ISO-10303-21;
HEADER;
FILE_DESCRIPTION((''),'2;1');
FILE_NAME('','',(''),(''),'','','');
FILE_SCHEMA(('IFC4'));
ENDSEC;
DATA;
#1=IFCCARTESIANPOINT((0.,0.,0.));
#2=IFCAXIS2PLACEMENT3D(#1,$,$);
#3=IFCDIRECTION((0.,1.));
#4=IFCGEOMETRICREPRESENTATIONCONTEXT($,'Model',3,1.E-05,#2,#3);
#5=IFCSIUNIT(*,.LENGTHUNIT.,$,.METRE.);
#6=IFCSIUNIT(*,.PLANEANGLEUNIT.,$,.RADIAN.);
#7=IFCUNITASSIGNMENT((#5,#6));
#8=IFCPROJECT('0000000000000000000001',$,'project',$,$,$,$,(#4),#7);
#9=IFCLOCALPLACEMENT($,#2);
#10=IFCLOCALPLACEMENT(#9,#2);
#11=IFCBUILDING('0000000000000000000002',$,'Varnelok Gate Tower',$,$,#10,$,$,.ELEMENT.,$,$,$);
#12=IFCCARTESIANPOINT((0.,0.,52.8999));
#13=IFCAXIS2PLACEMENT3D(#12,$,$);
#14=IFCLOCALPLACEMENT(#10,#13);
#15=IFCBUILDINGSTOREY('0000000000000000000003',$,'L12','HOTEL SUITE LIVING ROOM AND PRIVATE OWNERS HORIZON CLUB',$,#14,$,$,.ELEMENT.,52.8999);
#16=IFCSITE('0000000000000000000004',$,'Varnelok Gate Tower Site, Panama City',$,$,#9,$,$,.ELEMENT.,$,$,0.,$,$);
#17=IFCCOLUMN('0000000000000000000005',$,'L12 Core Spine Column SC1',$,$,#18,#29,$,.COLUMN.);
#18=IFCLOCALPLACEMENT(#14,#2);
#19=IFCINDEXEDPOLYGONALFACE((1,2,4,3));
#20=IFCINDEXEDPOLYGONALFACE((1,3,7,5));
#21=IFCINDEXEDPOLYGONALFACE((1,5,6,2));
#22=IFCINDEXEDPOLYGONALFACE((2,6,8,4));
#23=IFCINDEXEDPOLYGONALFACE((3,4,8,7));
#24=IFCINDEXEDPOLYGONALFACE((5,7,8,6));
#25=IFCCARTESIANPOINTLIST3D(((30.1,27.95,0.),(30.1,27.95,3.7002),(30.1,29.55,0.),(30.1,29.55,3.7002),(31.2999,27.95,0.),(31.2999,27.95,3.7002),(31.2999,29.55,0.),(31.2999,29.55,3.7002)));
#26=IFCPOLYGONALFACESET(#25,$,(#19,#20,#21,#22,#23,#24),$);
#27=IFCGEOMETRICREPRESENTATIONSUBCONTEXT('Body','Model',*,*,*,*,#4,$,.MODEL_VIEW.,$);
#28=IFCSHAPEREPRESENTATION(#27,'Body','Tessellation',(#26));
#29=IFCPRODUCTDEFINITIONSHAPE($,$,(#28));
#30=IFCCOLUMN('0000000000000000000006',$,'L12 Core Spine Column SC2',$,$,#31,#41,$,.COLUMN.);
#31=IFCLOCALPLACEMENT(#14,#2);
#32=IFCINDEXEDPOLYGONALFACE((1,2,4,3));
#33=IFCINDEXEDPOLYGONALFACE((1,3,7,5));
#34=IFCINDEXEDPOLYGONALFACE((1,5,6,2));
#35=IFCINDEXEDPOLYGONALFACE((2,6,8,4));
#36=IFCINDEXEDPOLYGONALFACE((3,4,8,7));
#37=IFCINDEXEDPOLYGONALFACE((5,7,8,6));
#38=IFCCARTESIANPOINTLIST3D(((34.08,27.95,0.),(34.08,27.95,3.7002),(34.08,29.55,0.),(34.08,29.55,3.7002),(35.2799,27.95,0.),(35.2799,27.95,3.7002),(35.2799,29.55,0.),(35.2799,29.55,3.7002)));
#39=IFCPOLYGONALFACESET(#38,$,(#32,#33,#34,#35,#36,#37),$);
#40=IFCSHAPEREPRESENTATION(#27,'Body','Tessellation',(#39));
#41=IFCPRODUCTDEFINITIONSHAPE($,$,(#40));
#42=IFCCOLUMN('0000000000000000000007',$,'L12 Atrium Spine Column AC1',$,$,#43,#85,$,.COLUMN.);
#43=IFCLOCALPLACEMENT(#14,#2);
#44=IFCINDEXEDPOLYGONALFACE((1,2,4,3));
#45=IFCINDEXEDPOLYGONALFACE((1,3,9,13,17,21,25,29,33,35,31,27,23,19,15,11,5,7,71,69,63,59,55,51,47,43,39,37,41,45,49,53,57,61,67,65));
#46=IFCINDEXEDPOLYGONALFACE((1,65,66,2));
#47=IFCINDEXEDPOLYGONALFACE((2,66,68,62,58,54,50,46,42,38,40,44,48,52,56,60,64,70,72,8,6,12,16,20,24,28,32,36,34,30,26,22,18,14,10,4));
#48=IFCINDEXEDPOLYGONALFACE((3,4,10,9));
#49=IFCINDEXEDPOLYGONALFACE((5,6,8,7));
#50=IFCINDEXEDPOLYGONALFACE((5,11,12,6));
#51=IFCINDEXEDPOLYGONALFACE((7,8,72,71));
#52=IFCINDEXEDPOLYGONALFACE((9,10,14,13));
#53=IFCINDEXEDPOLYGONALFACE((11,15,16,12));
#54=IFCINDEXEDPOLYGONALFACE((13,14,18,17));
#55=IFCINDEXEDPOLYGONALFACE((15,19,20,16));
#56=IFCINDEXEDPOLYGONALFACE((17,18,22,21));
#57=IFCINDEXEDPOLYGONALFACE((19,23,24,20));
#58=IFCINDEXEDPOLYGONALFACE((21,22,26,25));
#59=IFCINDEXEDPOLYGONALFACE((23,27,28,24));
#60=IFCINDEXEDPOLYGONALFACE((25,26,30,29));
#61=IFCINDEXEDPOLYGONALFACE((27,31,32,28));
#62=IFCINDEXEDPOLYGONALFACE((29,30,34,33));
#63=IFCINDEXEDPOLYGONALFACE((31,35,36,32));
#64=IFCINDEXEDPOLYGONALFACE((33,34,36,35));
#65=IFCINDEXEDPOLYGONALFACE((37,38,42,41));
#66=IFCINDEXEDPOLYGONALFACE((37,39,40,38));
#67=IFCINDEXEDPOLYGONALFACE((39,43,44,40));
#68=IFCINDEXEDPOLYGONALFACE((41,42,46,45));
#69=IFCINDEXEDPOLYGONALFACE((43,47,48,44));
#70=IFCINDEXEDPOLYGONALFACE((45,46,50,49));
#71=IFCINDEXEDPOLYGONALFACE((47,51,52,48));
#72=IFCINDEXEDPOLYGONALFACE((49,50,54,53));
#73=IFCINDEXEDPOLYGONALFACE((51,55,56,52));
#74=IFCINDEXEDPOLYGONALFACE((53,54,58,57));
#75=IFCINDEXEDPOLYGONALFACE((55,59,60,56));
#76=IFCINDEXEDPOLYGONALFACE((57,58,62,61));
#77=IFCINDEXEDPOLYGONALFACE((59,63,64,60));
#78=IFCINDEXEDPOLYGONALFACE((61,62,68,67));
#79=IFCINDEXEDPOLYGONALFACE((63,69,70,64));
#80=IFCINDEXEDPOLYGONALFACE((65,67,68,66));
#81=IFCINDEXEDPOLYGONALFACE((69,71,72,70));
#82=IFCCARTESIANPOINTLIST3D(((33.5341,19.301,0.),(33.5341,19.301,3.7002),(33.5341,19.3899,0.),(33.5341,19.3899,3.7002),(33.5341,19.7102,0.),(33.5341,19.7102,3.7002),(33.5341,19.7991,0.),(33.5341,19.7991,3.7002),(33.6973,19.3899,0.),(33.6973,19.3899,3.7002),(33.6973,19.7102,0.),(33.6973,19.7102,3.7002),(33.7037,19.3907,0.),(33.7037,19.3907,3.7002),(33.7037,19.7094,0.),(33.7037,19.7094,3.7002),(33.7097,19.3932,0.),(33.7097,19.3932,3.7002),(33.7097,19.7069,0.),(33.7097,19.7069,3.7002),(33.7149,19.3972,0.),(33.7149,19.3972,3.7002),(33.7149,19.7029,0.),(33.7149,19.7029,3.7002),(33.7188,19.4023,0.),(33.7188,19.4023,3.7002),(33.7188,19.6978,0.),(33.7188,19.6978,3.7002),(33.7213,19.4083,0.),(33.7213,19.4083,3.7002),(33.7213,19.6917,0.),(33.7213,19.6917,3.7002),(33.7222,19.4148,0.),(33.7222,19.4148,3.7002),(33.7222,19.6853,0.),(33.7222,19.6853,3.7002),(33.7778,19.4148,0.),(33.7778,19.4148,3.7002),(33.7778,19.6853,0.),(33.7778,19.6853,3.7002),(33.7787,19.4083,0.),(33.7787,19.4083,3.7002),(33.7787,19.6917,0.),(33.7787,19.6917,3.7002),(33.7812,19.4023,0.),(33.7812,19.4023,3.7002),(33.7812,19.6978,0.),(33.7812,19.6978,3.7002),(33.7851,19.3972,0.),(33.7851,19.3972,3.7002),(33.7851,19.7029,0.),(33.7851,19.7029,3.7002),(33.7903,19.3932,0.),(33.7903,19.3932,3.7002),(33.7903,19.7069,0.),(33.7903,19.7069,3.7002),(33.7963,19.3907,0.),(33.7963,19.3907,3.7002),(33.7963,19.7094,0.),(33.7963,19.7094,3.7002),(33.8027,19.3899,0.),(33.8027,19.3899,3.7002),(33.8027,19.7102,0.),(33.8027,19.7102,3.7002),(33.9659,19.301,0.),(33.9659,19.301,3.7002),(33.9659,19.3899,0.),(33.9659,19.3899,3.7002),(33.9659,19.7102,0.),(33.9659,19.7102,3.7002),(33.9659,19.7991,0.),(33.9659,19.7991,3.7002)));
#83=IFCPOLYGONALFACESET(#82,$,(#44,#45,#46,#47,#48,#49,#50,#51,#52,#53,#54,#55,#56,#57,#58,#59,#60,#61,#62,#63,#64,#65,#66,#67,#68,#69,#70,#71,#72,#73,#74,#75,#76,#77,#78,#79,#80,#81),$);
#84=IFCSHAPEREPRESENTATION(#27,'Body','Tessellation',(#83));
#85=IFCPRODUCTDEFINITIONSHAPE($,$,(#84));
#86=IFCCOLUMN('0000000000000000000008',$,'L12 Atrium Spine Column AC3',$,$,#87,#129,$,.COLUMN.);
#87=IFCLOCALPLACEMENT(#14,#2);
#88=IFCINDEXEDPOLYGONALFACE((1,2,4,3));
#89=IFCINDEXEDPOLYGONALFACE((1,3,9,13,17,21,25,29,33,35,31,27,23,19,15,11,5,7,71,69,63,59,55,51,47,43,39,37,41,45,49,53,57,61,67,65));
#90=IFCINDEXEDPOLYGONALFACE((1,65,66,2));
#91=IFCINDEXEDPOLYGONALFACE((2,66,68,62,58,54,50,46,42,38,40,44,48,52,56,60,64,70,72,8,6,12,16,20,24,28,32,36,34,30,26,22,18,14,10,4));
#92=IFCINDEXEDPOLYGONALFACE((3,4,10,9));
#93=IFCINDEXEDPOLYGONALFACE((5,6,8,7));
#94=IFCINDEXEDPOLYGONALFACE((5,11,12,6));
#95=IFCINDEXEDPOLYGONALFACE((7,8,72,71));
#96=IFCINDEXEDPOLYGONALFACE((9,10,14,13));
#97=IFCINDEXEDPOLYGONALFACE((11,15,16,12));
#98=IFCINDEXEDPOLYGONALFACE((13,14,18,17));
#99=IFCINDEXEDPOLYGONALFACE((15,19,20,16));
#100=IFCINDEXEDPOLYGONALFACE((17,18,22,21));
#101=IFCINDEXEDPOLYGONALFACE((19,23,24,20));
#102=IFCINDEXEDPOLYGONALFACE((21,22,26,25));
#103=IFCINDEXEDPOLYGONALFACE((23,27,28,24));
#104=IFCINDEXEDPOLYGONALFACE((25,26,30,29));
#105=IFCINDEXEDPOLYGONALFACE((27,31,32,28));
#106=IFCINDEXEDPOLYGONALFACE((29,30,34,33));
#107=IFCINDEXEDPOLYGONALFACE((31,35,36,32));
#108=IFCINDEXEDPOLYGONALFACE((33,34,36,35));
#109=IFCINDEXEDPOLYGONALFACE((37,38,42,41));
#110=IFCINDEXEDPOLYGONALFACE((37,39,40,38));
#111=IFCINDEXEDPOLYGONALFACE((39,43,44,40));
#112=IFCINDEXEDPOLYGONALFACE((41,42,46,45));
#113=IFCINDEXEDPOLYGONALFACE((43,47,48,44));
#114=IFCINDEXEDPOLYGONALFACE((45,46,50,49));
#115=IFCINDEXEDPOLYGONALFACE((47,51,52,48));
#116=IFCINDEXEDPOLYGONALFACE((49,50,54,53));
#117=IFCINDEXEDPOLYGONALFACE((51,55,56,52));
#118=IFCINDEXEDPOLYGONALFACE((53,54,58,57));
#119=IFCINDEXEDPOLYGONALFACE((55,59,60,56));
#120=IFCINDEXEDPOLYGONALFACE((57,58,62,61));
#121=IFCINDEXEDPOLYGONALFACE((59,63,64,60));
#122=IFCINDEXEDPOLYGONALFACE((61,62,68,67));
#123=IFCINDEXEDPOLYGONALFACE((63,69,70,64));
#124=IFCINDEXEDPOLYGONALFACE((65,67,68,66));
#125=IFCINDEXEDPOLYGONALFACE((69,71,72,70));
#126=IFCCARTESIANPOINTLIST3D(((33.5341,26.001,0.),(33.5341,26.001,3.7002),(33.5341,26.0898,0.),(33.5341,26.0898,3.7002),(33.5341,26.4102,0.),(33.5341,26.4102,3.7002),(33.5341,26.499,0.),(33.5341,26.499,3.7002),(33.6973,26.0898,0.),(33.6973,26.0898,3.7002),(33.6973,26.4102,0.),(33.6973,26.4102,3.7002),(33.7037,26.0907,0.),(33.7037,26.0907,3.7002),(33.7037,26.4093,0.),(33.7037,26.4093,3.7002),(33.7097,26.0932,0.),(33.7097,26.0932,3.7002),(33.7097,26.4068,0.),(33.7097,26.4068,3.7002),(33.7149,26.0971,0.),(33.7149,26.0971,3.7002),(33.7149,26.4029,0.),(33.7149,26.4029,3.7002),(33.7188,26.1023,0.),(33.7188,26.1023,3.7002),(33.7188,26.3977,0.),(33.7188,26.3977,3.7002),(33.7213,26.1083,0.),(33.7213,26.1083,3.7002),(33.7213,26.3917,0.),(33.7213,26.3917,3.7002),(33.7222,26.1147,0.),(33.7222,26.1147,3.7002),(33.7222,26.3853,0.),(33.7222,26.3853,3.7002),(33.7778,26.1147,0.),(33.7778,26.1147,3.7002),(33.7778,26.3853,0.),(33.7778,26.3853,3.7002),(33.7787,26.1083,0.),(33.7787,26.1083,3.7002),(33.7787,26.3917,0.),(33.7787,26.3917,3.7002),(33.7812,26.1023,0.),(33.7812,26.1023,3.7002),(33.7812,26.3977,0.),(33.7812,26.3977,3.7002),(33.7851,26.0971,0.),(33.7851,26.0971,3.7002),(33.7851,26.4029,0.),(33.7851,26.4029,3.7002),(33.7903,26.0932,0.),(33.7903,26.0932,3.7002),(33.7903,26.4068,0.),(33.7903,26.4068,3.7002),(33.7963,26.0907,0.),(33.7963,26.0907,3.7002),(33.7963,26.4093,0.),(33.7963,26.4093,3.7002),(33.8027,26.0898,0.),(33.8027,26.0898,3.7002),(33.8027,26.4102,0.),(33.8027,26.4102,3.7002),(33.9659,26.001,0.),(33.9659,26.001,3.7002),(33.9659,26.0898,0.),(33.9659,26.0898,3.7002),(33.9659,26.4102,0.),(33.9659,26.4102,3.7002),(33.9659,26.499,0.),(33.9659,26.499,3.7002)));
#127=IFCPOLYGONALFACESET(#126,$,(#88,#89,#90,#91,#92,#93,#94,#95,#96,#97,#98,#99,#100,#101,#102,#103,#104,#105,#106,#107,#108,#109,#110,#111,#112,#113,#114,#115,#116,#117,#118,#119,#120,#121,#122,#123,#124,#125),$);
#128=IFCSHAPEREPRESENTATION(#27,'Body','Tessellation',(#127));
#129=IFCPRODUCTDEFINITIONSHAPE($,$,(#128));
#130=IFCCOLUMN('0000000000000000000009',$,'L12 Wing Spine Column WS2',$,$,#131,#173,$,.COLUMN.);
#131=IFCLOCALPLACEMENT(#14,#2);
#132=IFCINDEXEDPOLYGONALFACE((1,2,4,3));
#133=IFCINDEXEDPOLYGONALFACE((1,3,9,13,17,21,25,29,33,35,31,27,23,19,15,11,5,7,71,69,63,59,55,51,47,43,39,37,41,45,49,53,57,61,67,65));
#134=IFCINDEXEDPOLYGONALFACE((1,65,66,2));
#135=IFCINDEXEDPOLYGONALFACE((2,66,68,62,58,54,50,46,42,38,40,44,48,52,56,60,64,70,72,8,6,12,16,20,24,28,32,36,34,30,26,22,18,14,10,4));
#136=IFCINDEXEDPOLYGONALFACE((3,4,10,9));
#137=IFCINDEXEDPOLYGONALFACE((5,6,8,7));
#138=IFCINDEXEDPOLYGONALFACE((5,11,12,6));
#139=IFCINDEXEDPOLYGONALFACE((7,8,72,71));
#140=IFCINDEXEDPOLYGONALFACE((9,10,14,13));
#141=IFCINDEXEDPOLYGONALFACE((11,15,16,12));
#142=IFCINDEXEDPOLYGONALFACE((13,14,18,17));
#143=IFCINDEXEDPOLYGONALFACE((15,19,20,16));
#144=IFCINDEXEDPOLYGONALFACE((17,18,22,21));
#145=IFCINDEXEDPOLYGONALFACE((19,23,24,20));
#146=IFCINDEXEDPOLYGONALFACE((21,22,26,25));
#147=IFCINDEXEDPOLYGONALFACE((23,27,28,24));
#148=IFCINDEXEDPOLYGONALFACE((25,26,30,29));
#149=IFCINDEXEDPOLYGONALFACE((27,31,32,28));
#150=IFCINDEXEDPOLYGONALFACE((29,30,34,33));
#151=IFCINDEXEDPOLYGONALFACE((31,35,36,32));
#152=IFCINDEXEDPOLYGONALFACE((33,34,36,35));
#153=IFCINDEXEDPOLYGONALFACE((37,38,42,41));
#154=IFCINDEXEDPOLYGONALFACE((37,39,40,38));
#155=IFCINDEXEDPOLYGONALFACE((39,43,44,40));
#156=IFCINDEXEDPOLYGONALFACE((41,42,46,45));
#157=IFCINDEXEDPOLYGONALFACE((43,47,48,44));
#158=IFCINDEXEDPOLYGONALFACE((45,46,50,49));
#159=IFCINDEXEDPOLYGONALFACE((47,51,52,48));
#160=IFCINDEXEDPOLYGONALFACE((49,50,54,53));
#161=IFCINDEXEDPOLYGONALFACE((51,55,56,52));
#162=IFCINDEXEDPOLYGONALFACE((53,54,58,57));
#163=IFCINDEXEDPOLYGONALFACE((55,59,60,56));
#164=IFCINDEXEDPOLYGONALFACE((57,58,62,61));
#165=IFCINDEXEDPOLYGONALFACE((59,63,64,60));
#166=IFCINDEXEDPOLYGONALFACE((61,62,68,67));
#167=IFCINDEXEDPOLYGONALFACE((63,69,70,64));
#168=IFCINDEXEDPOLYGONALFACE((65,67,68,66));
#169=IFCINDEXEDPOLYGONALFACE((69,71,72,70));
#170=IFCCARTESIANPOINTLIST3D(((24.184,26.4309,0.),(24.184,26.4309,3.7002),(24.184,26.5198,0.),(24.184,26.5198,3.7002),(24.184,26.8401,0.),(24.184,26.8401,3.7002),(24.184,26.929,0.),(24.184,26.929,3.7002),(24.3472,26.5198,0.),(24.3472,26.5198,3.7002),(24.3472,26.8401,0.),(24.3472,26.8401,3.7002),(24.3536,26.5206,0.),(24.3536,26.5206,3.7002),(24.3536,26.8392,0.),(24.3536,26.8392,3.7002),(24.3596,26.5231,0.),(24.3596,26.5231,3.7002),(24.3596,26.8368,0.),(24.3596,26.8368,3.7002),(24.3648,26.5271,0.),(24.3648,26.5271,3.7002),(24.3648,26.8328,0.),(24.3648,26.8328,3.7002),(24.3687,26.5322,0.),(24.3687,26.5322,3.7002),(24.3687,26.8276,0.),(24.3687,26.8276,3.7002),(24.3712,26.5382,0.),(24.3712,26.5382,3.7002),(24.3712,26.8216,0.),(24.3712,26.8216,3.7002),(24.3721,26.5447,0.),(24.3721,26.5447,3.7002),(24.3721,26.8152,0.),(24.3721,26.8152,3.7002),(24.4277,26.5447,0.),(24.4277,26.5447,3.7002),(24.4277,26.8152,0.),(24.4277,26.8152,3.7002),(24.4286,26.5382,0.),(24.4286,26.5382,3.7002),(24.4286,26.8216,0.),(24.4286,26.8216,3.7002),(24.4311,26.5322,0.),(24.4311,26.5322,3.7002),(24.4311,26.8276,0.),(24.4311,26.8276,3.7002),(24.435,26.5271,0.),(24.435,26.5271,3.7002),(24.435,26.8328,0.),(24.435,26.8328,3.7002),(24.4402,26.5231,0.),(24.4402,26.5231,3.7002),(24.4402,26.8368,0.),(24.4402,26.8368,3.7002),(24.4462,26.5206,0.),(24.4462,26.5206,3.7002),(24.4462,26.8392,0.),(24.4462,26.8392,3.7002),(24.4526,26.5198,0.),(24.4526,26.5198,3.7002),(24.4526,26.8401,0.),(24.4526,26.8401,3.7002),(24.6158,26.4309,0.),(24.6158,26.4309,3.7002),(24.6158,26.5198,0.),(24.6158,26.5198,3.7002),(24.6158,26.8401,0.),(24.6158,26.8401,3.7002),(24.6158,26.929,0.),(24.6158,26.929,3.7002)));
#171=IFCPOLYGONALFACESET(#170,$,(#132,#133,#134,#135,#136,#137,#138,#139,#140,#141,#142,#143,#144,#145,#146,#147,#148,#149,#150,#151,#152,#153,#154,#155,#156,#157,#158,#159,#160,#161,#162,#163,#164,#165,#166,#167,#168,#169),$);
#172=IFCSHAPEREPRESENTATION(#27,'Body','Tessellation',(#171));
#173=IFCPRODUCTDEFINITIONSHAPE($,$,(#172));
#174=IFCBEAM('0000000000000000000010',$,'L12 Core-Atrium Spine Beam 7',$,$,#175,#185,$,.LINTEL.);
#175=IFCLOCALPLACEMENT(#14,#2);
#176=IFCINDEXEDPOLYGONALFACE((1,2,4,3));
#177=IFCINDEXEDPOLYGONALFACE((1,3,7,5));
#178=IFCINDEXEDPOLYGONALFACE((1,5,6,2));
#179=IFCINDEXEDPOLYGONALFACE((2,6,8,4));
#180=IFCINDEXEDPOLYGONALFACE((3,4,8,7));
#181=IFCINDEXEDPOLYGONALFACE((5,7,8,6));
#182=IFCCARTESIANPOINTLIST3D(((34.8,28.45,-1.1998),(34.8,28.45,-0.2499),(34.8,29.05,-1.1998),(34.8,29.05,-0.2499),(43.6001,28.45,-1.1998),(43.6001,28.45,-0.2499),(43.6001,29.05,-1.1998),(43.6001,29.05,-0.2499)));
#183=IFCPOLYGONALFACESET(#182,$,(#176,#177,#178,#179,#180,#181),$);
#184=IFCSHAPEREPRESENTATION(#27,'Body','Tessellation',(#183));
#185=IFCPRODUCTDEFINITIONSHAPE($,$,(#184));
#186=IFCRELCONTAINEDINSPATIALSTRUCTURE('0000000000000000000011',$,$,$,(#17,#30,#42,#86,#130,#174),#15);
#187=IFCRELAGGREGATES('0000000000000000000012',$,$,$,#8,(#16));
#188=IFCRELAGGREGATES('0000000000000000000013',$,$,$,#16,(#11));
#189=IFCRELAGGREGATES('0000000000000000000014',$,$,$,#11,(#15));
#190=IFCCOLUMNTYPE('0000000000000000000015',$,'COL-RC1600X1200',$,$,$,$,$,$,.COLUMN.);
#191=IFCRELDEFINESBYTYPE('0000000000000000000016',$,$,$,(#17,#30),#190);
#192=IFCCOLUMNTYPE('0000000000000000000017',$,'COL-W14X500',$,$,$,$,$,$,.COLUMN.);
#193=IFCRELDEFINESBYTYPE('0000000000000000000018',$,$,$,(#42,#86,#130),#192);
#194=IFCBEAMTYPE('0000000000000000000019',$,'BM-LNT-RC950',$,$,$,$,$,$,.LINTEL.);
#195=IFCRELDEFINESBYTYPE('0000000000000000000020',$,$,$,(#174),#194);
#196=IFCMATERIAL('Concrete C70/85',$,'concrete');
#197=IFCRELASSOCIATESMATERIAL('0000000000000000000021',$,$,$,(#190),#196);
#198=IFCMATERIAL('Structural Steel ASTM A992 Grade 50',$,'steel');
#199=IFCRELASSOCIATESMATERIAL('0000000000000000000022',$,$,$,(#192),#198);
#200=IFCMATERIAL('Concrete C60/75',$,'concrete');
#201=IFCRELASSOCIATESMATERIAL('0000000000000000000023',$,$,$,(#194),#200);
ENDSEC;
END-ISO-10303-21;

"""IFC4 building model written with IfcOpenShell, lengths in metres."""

from ifc_helpers import new_model, si_unit, direction, frame, origin, origin_2d, place, context, subcontext, project, spatial, rectangle, i_section, extrude, material, material_profile, profile_set, type_object, element, save


model = new_model("IFC4")

# Units and contexts
model_context = context("Model", 3, precision=1e-05, world=origin(), true_north=direction((0.0, 1.0)))
body_context = subcontext(model_context, "Body", "Model", "MODEL_VIEW")
ifc_project = project(units=[si_unit("LENGTHUNIT", "METRE"), si_unit("PLANEANGLEUNIT", "RADIAN")], contexts=[model_context])

# Site, building, storey
site_placement = place(None, origin())
site = spatial("IfcSite", under=ifc_project, at=site_placement, Name="Varnelok Gate Tower Site, Panama City", CompositionType="ELEMENT", RefElevation=0.0)
building_placement = place(site_placement, origin())
building = spatial("IfcBuilding", under=site, at=building_placement, Name="Varnelok Gate Tower", CompositionType="ELEMENT")
storey_placement = place(building_placement, frame((0.0, 0.0, 52.8999)))
storey = spatial("IfcBuildingStorey", under=building, at=storey_placement, Name="L12", Description="HOTEL SUITE LIVING ROOM AND PRIVATE OWNERS HORIZON CLUB", CompositionType="ELEMENT", Elevation=52.8999)

# Columns
ifc_material_1 = material(Name="Concrete C70/85", Category="concrete")
ifc_material_profile_1 = material_profile(ifc_material_1, rectangle(XDim=1.2, YDim=1.6001, at=origin_2d()), Name="RC1600X1200")
ifc_profile_set_1 = profile_set([ifc_material_profile_1], Name="Concrete C70/85")
column_type_1 = type_object("IfcColumnType", Name="COL-RC1600X1200", PredefinedType="COLUMN", material=ifc_profile_set_1)
for number, where, z_axis, x_axis, name in (
    (1, (30.7, 28.75, 0.0), (0.0, 0.0, 1.0), (1.0, 0.0, 0.0), "L12 Core Spine Column SC1"),
    (2, (34.6799, 28.75, 0.0), (0.0, 0.0, 1.0), (1.0, 0.0, 0.0), "L12 Core Spine Column SC2"),
):
    element("IfcColumn", number, at=place(storey_placement, frame(where, z_axis=z_axis, x_axis=x_axis)), inside=storey, type_object=column_type_1, Name=name, PredefinedType="COLUMN", context=body_context, shape_type="SweptSolid", body=[
        extrude(rectangle(XDim=1.2, YDim=1.6001, at=origin_2d()), origin(), (0.0, 0.0, 1.0), 3.7002),
    ])
ifc_material_2 = material(Name="Structural Steel ASTM A992 Grade 50", Category="steel")
ifc_material_profile_2 = material_profile(ifc_material_2, i_section(OverallWidth=0.4319, OverallDepth=0.498, WebThickness=0.0557, FlangeThickness=0.0889, FilletRadius=0.0249, at=origin_2d()), Name="W14X500")
ifc_profile_set_2 = profile_set([ifc_material_profile_2], Name="Structural Steel ASTM A992 Grade 50")
column_type_2 = type_object("IfcColumnType", Name="COL-W14X500", PredefinedType="COLUMN", material=ifc_profile_set_2)
for number, where, z_axis, x_axis, name in (
    (3, (33.75, 19.55, 0.0), (0.0, 0.0, 1.0), (1.0, 0.0, 0.0), "L12 Atrium Spine Column AC1"),
    (4, (33.75, 26.25, 0.0), (0.0, 0.0, 1.0), (1.0, 0.0, 0.0), "L12 Atrium Spine Column AC3"),
    (5, (24.3999, 26.6799, 0.0), (0.0, 0.0, 1.0), (1.0, 0.0, 0.0), "L12 Wing Spine Column WS2"),
):
    element("IfcColumn", number, at=place(storey_placement, frame(where, z_axis=z_axis, x_axis=x_axis)), inside=storey, type_object=column_type_2, Name=name, PredefinedType="COLUMN", context=body_context, shape_type="SweptSolid", body=[
        extrude(i_section(OverallWidth=0.4319, OverallDepth=0.498, WebThickness=0.0557, FlangeThickness=0.0889, FilletRadius=0.0249, at=origin_2d()), origin(), (0.0, 0.0, 1.0), 3.7002),
    ])

# Beam
ifc_material_3 = material(Name="Concrete C60/75", Category="concrete")
ifc_material_profile_3 = material_profile(ifc_material_3, rectangle(XDim=0.6001, YDim=0.95, at=origin_2d()), Name="RC950X600")
ifc_profile_set_3 = profile_set([ifc_material_profile_3], Name="Concrete C60/75")
beam_type_1 = type_object("IfcBeamType", Name="BM-LNT-RC950", PredefinedType="LINTEL", material=ifc_profile_set_3)
beam_1_placement = place(storey_placement, frame((34.8, 28.75, -0.7249), z_axis=(1.0, 0.0, 0.0), x_axis=(0.0, 1.0, 0.0)))
element("IfcBeam", 6, at=beam_1_placement, inside=storey, type_object=beam_type_1, Name="L12 Core-Atrium Spine Beam 7", PredefinedType="LINTEL", context=body_context, shape_type="SweptSolid", body=[
    extrude(rectangle(XDim=0.6001, YDim=0.95, at=origin_2d()), origin(), (0.0, 0.0, 1.0), 8.8),
])

save(model, "model.ifc")
